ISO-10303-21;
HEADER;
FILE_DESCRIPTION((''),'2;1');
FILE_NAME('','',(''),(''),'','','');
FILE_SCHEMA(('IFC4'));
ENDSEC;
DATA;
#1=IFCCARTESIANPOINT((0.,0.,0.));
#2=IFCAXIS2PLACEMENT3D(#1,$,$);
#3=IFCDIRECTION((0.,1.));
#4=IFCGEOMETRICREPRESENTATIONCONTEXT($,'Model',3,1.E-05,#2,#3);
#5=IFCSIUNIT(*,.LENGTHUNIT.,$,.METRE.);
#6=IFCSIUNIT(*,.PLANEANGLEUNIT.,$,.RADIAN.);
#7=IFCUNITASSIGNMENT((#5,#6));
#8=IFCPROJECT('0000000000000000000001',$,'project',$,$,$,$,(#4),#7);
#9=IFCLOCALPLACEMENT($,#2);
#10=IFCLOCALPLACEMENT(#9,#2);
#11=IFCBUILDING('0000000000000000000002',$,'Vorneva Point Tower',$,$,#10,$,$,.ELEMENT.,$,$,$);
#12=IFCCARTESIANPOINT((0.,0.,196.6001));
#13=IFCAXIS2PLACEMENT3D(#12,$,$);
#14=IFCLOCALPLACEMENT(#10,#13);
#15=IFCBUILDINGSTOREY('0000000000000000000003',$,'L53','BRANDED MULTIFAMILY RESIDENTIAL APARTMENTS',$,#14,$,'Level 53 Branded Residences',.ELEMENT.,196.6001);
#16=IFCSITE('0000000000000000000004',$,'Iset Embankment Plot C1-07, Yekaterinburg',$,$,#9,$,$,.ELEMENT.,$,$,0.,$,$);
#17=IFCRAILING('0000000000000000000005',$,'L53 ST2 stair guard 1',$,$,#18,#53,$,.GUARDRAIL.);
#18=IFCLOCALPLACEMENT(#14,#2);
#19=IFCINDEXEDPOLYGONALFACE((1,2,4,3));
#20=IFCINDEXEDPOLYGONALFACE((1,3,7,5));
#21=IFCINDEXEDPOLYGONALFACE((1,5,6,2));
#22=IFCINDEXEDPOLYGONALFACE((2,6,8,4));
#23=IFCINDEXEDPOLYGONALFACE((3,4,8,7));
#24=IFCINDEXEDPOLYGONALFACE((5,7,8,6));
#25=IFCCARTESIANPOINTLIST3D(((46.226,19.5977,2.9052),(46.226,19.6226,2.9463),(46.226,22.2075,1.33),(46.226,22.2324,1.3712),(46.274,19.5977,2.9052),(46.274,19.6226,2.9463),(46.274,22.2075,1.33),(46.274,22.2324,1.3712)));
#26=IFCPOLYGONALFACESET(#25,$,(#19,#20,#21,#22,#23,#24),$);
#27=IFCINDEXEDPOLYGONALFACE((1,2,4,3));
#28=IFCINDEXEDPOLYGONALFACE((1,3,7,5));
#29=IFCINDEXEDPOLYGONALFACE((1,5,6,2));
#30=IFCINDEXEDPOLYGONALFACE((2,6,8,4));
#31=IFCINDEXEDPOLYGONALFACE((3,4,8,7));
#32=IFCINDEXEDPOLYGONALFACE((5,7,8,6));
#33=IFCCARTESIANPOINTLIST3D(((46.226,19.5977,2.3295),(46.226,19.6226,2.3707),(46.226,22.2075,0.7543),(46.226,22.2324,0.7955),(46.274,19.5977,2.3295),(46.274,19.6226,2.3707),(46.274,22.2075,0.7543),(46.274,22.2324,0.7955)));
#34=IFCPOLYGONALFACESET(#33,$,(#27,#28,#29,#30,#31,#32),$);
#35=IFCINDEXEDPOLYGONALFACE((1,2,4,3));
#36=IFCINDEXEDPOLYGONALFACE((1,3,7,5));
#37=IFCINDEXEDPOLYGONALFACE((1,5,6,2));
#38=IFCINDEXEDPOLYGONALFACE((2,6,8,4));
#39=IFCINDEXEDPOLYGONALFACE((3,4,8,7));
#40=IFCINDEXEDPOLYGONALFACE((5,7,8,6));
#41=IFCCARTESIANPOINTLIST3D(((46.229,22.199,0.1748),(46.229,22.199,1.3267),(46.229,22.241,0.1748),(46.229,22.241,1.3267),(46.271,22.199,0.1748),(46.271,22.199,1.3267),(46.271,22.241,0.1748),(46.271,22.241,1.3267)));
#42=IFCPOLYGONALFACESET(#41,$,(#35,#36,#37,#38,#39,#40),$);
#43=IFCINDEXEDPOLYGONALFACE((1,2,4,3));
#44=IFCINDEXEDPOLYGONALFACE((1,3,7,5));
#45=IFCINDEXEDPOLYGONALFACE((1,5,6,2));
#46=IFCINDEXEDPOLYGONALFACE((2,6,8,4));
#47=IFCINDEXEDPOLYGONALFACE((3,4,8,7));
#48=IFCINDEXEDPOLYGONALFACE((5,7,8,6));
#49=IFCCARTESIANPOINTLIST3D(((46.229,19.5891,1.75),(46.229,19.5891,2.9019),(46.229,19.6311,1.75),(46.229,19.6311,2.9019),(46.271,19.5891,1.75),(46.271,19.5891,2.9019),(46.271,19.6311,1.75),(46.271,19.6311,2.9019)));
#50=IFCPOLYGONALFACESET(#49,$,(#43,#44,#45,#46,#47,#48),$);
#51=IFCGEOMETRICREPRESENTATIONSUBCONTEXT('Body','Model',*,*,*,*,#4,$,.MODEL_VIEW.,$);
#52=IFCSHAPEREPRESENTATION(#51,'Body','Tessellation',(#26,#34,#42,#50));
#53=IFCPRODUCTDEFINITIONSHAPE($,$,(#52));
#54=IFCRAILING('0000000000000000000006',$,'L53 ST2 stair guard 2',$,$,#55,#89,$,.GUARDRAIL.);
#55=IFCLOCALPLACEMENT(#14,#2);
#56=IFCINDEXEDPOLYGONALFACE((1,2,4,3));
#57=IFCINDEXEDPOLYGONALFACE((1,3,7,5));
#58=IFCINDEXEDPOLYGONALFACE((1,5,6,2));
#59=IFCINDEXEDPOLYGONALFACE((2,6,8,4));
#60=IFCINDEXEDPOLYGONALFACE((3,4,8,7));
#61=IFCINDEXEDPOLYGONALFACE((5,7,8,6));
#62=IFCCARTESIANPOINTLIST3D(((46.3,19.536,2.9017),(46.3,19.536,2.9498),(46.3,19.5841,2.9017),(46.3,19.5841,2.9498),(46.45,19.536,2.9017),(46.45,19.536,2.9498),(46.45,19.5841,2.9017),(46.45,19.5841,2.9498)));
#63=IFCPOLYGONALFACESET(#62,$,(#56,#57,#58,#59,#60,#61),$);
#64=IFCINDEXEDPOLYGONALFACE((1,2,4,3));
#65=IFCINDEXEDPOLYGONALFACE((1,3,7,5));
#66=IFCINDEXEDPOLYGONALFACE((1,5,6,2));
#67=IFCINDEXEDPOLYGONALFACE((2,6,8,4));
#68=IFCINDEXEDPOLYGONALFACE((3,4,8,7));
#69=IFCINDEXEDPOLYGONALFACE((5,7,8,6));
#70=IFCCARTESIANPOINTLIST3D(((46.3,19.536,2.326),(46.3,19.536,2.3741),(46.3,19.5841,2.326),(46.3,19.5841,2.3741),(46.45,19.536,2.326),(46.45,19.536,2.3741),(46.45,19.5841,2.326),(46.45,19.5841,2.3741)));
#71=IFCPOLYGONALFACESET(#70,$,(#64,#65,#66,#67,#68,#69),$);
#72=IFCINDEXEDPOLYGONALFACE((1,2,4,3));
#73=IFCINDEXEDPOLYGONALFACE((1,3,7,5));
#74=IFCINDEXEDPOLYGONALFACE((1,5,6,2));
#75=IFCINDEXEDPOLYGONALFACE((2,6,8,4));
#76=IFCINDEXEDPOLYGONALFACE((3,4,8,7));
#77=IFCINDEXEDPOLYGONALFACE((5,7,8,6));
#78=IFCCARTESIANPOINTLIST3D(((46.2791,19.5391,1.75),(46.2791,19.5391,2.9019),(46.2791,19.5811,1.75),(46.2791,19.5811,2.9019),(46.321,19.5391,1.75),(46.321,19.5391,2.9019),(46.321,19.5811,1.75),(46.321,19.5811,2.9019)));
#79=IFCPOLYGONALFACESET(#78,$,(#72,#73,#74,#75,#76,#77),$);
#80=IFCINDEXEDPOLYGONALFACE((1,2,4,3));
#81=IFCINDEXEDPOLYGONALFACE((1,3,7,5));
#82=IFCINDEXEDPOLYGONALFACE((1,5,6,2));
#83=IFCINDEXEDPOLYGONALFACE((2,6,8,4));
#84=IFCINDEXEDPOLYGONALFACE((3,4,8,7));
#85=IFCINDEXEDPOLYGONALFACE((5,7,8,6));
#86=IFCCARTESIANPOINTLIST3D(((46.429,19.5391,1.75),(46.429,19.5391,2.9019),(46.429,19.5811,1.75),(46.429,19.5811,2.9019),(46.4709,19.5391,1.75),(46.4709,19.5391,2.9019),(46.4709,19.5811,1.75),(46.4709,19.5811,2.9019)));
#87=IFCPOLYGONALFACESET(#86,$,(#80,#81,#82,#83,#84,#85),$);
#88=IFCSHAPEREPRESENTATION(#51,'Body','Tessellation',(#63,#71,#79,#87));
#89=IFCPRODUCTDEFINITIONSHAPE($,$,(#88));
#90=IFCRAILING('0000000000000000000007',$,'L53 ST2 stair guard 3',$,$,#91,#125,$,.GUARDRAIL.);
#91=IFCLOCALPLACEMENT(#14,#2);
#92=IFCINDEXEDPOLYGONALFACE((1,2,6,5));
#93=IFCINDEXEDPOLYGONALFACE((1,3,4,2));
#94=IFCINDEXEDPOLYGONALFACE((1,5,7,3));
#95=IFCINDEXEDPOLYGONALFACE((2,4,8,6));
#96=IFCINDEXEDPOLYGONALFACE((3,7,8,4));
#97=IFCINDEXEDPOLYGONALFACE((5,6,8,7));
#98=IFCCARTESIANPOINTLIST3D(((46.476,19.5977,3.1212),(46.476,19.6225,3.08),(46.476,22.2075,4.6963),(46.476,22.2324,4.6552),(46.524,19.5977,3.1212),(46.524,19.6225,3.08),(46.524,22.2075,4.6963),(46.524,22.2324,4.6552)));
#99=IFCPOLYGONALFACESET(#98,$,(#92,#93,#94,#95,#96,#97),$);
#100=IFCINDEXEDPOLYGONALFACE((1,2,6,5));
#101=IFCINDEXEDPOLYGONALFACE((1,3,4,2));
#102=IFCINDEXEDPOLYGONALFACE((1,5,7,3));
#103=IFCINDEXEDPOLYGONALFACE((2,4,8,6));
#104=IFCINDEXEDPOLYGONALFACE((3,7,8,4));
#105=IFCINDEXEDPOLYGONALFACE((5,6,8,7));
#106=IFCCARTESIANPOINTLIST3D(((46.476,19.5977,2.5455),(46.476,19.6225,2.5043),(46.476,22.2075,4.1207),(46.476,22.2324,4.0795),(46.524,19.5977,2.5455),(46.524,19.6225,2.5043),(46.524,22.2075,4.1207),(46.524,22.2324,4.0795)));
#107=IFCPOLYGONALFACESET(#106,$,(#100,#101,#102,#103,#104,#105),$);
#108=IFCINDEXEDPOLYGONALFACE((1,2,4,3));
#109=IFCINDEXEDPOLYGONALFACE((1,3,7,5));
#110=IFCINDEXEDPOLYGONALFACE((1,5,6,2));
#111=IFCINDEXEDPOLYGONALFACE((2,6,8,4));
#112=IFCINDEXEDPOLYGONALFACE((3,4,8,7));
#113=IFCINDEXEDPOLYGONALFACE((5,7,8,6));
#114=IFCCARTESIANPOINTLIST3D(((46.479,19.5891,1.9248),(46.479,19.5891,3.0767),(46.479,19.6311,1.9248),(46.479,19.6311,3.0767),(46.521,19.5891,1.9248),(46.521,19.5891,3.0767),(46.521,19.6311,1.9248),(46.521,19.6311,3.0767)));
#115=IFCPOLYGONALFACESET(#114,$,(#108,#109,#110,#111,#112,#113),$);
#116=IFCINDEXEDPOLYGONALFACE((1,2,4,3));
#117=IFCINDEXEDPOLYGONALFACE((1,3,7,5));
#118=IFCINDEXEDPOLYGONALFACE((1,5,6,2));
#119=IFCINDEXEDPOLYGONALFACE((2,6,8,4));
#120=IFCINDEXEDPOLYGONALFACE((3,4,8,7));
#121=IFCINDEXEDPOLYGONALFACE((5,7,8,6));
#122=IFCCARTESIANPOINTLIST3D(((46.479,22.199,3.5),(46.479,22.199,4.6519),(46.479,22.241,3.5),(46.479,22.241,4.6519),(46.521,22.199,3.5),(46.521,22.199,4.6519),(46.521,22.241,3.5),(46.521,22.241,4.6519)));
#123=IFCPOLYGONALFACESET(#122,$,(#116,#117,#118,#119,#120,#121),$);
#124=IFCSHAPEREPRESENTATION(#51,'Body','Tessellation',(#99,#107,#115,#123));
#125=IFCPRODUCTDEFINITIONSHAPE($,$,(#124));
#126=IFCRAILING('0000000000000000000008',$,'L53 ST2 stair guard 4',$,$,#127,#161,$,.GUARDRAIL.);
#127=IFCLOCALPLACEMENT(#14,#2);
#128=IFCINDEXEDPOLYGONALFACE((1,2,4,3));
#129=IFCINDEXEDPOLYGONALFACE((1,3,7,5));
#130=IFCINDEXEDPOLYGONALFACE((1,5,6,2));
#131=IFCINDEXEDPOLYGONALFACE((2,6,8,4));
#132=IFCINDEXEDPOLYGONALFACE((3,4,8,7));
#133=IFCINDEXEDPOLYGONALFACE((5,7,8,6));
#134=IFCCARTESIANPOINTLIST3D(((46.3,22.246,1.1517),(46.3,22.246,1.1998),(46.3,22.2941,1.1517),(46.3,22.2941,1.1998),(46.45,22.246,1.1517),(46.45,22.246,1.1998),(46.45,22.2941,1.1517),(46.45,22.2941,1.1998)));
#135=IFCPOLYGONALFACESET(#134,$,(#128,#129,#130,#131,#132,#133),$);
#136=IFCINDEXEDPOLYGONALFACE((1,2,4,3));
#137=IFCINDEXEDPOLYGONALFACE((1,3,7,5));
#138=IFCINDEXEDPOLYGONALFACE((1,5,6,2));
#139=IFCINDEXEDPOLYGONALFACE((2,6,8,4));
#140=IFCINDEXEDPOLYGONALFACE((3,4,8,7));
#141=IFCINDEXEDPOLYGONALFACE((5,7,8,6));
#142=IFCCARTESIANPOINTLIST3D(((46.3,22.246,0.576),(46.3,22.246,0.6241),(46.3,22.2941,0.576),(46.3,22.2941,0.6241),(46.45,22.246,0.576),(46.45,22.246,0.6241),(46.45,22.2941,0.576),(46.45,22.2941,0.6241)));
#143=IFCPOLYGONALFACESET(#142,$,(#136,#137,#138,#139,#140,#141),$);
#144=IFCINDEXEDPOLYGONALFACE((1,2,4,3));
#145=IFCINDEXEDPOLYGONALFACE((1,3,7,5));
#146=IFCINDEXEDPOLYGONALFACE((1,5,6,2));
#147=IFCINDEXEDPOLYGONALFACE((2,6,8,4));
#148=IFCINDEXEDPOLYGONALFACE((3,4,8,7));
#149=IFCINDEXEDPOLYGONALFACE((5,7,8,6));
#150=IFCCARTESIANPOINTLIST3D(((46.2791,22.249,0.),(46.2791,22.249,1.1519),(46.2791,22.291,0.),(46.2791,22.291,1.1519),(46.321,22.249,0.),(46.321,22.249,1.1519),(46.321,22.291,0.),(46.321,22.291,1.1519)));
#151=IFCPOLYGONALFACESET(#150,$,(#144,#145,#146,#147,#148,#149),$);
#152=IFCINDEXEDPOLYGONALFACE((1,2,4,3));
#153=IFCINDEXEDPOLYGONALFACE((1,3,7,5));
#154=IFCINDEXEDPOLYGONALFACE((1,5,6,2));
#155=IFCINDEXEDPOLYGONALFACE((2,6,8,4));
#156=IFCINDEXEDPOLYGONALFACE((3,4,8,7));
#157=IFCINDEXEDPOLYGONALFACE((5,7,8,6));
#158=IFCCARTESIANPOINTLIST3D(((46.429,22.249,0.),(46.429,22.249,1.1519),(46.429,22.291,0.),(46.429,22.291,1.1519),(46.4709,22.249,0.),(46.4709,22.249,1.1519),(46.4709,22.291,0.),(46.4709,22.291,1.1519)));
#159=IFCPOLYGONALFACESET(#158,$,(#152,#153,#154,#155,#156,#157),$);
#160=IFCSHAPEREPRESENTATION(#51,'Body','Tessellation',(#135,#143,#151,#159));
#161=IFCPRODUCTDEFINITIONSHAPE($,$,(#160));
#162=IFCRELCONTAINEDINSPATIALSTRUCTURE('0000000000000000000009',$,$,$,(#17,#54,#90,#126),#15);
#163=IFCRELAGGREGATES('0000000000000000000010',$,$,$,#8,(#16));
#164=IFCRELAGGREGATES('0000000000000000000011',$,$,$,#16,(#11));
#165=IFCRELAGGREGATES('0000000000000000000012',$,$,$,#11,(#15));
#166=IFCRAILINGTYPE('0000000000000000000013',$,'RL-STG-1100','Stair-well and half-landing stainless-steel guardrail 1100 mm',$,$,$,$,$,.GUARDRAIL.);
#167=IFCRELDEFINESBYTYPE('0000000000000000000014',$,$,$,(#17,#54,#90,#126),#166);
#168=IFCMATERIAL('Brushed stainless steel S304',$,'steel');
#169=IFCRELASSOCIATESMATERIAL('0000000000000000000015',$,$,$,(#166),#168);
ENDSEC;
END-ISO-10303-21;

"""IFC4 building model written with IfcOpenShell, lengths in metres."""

from ifc_helpers import new_model, si_unit, direction, frame, origin, origin_2d, place, context, subcontext, project, spatial, rectangle, extrude, material, type_object, element, save


model = new_model("IFC4")

# Units and contexts
model_context = context("Model", 3, precision=1e-05, world=origin(), true_north=direction((0.0, 1.0)))
body_context = subcontext(model_context, "Body", "Model", "MODEL_VIEW")
ifc_project = project(units=[si_unit("LENGTHUNIT", "METRE"), si_unit("PLANEANGLEUNIT", "RADIAN")], contexts=[model_context])

# Site, building, storey
site_placement = place(None, origin())
site = spatial("IfcSite", under=ifc_project, at=site_placement, Name="Iset Embankment Plot C1-07, Yekaterinburg", CompositionType="ELEMENT", RefElevation=0.0)
building_placement = place(site_placement, origin())
building = spatial("IfcBuilding", under=site, at=building_placement, Name="Vorneva Point Tower", CompositionType="ELEMENT")
storey_placement = place(building_placement, frame((0.0, 0.0, 196.6001)))
storey = spatial("IfcBuildingStorey", under=building, at=storey_placement, Name="L53", Description="BRANDED MULTIFAMILY RESIDENTIAL APARTMENTS", LongName="Level 53 Branded Residences", CompositionType="ELEMENT", Elevation=196.6001)

# Railings
ifc_material_1 = material(Name="Brushed stainless steel S304", Category="steel")
railing_type_1 = type_object("IfcRailingType", Name="RL-STG-1100", Description="Stair-well and half-landing stainless-steel guardrail 1100 mm", PredefinedType="GUARDRAIL", material=ifc_material_1)
railing_1_placement = place(storey_placement, frame((46.25, 22.22, 0.1748)))
element("IfcRailing", 1, at=railing_1_placement, inside=storey, type_object=railing_type_1, Name="L53 ST2 stair guard 1", PredefinedType="GUARDRAIL", context=body_context, shape_type="SweptSolid", body=[
    extrude(rectangle(XDim=0.0481, YDim=0.0481, at=origin_2d()), frame((0.0, 0.0, 1.1758), z_axis=(0.0, -0.856147, 0.516732), x_axis=(1.0, 0.0, 0.0)), (0.0, 0.0, 1.0), 3.0483),
    extrude(rectangle(XDim=0.0481, YDim=0.0481, at=origin_2d()), frame((0.0, 0.0, 0.6001), z_axis=(0.0, -0.856147, 0.516732), x_axis=(1.0, 0.0, 0.0)), (0.0, 0.0, 1.0), 3.0483),
    extrude(rectangle(XDim=0.042, YDim=0.042, at=origin_2d()), origin(), (0.0, 0.0, 1.0), 1.1519),
    extrude(rectangle(XDim=0.042, YDim=0.042, at=origin_2d()), frame((0.0, -2.6099, 1.5752)), (0.0, 0.0, 1.0), 1.1519),
])
railing_2_placement = place(storey_placement, frame((46.3, 19.5601, 1.75)))
element("IfcRailing", 2, at=railing_2_placement, inside=storey, type_object=railing_type_1, Name="L53 ST2 stair guard 2", PredefinedType="GUARDRAIL", context=body_context, shape_type="SweptSolid", body=[
    extrude(rectangle(XDim=0.0481, YDim=0.0481, at=origin_2d()), frame((0.0, 0.0, 1.1758), z_axis=(1.0, 0.0, 0.0), x_axis=(0.0, 1.0, 0.0)), (0.0, 0.0, 1.0), 0.1499),
    extrude(rectangle(XDim=0.0481, YDim=0.0481, at=origin_2d()), frame((0.0, 0.0, 0.6001), z_axis=(1.0, 0.0, 0.0), x_axis=(0.0, 1.0, 0.0)), (0.0, 0.0, 1.0), 0.1499),
    extrude(rectangle(XDim=0.042, YDim=0.042, at=origin_2d()), origin(), (0.0, 0.0, 1.0), 1.1519),
    extrude(rectangle(XDim=0.042, YDim=0.042, at=origin_2d()), frame((0.1499, 0.0, 0.0)), (0.0, 0.0, 1.0), 1.1519),
])
railing_3_placement = place(storey_placement, frame((46.5, 19.6101, 1.9248)))
element("IfcRailing", 3, at=railing_3_placement, inside=storey, type_object=railing_type_1, Name="L53 ST2 stair guard 3", PredefinedType="GUARDRAIL", context=body_context, shape_type="SweptSolid", body=[
    extrude(rectangle(XDim=0.0481, YDim=0.0481, at=origin_2d()), frame((0.0, 0.0, 1.1758), z_axis=(0.0, 0.856147, 0.516732), x_axis=(-1.0, 0.0, 0.0)), (0.0, 0.0, 1.0), 3.0483),
    extrude(rectangle(XDim=0.0481, YDim=0.0481, at=origin_2d()), frame((0.0, 0.0, 0.6001), z_axis=(0.0, 0.856147, 0.516732), x_axis=(-1.0, 0.0, 0.0)), (0.0, 0.0, 1.0), 3.0483),
    extrude(rectangle(XDim=0.042, YDim=0.042, at=origin_2d()), origin(), (0.0, 0.0, 1.0), 1.1519),
    extrude(rectangle(XDim=0.042, YDim=0.042, at=origin_2d()), frame((0.0, 2.6099, 1.5752)), (0.0, 0.0, 1.0), 1.1519),
])
railing_4_placement = place(storey_placement, frame((46.3, 22.27, 0.0)))
element("IfcRailing", 4, at=railing_4_placement, inside=storey, type_object=railing_type_1, Name="L53 ST2 stair guard 4", PredefinedType="GUARDRAIL", context=body_context, shape_type="SweptSolid", body=[
    extrude(rectangle(XDim=0.0481, YDim=0.0481, at=origin_2d()), frame((0.0, 0.0, 1.1758), z_axis=(1.0, 0.0, 0.0), x_axis=(0.0, 1.0, 0.0)), (0.0, 0.0, 1.0), 0.1499),
    extrude(rectangle(XDim=0.0481, YDim=0.0481, at=origin_2d()), frame((0.0, 0.0, 0.6001), z_axis=(1.0, 0.0, 0.0), x_axis=(0.0, 1.0, 0.0)), (0.0, 0.0, 1.0), 0.1499),
    extrude(rectangle(XDim=0.042, YDim=0.042, at=origin_2d()), origin(), (0.0, 0.0, 1.0), 1.1519),
    extrude(rectangle(XDim=0.042, YDim=0.042, at=origin_2d()), frame((0.1499, 0.0, 0.0)), (0.0, 0.0, 1.0), 1.1519),
])

save(model, "model.ifc")
